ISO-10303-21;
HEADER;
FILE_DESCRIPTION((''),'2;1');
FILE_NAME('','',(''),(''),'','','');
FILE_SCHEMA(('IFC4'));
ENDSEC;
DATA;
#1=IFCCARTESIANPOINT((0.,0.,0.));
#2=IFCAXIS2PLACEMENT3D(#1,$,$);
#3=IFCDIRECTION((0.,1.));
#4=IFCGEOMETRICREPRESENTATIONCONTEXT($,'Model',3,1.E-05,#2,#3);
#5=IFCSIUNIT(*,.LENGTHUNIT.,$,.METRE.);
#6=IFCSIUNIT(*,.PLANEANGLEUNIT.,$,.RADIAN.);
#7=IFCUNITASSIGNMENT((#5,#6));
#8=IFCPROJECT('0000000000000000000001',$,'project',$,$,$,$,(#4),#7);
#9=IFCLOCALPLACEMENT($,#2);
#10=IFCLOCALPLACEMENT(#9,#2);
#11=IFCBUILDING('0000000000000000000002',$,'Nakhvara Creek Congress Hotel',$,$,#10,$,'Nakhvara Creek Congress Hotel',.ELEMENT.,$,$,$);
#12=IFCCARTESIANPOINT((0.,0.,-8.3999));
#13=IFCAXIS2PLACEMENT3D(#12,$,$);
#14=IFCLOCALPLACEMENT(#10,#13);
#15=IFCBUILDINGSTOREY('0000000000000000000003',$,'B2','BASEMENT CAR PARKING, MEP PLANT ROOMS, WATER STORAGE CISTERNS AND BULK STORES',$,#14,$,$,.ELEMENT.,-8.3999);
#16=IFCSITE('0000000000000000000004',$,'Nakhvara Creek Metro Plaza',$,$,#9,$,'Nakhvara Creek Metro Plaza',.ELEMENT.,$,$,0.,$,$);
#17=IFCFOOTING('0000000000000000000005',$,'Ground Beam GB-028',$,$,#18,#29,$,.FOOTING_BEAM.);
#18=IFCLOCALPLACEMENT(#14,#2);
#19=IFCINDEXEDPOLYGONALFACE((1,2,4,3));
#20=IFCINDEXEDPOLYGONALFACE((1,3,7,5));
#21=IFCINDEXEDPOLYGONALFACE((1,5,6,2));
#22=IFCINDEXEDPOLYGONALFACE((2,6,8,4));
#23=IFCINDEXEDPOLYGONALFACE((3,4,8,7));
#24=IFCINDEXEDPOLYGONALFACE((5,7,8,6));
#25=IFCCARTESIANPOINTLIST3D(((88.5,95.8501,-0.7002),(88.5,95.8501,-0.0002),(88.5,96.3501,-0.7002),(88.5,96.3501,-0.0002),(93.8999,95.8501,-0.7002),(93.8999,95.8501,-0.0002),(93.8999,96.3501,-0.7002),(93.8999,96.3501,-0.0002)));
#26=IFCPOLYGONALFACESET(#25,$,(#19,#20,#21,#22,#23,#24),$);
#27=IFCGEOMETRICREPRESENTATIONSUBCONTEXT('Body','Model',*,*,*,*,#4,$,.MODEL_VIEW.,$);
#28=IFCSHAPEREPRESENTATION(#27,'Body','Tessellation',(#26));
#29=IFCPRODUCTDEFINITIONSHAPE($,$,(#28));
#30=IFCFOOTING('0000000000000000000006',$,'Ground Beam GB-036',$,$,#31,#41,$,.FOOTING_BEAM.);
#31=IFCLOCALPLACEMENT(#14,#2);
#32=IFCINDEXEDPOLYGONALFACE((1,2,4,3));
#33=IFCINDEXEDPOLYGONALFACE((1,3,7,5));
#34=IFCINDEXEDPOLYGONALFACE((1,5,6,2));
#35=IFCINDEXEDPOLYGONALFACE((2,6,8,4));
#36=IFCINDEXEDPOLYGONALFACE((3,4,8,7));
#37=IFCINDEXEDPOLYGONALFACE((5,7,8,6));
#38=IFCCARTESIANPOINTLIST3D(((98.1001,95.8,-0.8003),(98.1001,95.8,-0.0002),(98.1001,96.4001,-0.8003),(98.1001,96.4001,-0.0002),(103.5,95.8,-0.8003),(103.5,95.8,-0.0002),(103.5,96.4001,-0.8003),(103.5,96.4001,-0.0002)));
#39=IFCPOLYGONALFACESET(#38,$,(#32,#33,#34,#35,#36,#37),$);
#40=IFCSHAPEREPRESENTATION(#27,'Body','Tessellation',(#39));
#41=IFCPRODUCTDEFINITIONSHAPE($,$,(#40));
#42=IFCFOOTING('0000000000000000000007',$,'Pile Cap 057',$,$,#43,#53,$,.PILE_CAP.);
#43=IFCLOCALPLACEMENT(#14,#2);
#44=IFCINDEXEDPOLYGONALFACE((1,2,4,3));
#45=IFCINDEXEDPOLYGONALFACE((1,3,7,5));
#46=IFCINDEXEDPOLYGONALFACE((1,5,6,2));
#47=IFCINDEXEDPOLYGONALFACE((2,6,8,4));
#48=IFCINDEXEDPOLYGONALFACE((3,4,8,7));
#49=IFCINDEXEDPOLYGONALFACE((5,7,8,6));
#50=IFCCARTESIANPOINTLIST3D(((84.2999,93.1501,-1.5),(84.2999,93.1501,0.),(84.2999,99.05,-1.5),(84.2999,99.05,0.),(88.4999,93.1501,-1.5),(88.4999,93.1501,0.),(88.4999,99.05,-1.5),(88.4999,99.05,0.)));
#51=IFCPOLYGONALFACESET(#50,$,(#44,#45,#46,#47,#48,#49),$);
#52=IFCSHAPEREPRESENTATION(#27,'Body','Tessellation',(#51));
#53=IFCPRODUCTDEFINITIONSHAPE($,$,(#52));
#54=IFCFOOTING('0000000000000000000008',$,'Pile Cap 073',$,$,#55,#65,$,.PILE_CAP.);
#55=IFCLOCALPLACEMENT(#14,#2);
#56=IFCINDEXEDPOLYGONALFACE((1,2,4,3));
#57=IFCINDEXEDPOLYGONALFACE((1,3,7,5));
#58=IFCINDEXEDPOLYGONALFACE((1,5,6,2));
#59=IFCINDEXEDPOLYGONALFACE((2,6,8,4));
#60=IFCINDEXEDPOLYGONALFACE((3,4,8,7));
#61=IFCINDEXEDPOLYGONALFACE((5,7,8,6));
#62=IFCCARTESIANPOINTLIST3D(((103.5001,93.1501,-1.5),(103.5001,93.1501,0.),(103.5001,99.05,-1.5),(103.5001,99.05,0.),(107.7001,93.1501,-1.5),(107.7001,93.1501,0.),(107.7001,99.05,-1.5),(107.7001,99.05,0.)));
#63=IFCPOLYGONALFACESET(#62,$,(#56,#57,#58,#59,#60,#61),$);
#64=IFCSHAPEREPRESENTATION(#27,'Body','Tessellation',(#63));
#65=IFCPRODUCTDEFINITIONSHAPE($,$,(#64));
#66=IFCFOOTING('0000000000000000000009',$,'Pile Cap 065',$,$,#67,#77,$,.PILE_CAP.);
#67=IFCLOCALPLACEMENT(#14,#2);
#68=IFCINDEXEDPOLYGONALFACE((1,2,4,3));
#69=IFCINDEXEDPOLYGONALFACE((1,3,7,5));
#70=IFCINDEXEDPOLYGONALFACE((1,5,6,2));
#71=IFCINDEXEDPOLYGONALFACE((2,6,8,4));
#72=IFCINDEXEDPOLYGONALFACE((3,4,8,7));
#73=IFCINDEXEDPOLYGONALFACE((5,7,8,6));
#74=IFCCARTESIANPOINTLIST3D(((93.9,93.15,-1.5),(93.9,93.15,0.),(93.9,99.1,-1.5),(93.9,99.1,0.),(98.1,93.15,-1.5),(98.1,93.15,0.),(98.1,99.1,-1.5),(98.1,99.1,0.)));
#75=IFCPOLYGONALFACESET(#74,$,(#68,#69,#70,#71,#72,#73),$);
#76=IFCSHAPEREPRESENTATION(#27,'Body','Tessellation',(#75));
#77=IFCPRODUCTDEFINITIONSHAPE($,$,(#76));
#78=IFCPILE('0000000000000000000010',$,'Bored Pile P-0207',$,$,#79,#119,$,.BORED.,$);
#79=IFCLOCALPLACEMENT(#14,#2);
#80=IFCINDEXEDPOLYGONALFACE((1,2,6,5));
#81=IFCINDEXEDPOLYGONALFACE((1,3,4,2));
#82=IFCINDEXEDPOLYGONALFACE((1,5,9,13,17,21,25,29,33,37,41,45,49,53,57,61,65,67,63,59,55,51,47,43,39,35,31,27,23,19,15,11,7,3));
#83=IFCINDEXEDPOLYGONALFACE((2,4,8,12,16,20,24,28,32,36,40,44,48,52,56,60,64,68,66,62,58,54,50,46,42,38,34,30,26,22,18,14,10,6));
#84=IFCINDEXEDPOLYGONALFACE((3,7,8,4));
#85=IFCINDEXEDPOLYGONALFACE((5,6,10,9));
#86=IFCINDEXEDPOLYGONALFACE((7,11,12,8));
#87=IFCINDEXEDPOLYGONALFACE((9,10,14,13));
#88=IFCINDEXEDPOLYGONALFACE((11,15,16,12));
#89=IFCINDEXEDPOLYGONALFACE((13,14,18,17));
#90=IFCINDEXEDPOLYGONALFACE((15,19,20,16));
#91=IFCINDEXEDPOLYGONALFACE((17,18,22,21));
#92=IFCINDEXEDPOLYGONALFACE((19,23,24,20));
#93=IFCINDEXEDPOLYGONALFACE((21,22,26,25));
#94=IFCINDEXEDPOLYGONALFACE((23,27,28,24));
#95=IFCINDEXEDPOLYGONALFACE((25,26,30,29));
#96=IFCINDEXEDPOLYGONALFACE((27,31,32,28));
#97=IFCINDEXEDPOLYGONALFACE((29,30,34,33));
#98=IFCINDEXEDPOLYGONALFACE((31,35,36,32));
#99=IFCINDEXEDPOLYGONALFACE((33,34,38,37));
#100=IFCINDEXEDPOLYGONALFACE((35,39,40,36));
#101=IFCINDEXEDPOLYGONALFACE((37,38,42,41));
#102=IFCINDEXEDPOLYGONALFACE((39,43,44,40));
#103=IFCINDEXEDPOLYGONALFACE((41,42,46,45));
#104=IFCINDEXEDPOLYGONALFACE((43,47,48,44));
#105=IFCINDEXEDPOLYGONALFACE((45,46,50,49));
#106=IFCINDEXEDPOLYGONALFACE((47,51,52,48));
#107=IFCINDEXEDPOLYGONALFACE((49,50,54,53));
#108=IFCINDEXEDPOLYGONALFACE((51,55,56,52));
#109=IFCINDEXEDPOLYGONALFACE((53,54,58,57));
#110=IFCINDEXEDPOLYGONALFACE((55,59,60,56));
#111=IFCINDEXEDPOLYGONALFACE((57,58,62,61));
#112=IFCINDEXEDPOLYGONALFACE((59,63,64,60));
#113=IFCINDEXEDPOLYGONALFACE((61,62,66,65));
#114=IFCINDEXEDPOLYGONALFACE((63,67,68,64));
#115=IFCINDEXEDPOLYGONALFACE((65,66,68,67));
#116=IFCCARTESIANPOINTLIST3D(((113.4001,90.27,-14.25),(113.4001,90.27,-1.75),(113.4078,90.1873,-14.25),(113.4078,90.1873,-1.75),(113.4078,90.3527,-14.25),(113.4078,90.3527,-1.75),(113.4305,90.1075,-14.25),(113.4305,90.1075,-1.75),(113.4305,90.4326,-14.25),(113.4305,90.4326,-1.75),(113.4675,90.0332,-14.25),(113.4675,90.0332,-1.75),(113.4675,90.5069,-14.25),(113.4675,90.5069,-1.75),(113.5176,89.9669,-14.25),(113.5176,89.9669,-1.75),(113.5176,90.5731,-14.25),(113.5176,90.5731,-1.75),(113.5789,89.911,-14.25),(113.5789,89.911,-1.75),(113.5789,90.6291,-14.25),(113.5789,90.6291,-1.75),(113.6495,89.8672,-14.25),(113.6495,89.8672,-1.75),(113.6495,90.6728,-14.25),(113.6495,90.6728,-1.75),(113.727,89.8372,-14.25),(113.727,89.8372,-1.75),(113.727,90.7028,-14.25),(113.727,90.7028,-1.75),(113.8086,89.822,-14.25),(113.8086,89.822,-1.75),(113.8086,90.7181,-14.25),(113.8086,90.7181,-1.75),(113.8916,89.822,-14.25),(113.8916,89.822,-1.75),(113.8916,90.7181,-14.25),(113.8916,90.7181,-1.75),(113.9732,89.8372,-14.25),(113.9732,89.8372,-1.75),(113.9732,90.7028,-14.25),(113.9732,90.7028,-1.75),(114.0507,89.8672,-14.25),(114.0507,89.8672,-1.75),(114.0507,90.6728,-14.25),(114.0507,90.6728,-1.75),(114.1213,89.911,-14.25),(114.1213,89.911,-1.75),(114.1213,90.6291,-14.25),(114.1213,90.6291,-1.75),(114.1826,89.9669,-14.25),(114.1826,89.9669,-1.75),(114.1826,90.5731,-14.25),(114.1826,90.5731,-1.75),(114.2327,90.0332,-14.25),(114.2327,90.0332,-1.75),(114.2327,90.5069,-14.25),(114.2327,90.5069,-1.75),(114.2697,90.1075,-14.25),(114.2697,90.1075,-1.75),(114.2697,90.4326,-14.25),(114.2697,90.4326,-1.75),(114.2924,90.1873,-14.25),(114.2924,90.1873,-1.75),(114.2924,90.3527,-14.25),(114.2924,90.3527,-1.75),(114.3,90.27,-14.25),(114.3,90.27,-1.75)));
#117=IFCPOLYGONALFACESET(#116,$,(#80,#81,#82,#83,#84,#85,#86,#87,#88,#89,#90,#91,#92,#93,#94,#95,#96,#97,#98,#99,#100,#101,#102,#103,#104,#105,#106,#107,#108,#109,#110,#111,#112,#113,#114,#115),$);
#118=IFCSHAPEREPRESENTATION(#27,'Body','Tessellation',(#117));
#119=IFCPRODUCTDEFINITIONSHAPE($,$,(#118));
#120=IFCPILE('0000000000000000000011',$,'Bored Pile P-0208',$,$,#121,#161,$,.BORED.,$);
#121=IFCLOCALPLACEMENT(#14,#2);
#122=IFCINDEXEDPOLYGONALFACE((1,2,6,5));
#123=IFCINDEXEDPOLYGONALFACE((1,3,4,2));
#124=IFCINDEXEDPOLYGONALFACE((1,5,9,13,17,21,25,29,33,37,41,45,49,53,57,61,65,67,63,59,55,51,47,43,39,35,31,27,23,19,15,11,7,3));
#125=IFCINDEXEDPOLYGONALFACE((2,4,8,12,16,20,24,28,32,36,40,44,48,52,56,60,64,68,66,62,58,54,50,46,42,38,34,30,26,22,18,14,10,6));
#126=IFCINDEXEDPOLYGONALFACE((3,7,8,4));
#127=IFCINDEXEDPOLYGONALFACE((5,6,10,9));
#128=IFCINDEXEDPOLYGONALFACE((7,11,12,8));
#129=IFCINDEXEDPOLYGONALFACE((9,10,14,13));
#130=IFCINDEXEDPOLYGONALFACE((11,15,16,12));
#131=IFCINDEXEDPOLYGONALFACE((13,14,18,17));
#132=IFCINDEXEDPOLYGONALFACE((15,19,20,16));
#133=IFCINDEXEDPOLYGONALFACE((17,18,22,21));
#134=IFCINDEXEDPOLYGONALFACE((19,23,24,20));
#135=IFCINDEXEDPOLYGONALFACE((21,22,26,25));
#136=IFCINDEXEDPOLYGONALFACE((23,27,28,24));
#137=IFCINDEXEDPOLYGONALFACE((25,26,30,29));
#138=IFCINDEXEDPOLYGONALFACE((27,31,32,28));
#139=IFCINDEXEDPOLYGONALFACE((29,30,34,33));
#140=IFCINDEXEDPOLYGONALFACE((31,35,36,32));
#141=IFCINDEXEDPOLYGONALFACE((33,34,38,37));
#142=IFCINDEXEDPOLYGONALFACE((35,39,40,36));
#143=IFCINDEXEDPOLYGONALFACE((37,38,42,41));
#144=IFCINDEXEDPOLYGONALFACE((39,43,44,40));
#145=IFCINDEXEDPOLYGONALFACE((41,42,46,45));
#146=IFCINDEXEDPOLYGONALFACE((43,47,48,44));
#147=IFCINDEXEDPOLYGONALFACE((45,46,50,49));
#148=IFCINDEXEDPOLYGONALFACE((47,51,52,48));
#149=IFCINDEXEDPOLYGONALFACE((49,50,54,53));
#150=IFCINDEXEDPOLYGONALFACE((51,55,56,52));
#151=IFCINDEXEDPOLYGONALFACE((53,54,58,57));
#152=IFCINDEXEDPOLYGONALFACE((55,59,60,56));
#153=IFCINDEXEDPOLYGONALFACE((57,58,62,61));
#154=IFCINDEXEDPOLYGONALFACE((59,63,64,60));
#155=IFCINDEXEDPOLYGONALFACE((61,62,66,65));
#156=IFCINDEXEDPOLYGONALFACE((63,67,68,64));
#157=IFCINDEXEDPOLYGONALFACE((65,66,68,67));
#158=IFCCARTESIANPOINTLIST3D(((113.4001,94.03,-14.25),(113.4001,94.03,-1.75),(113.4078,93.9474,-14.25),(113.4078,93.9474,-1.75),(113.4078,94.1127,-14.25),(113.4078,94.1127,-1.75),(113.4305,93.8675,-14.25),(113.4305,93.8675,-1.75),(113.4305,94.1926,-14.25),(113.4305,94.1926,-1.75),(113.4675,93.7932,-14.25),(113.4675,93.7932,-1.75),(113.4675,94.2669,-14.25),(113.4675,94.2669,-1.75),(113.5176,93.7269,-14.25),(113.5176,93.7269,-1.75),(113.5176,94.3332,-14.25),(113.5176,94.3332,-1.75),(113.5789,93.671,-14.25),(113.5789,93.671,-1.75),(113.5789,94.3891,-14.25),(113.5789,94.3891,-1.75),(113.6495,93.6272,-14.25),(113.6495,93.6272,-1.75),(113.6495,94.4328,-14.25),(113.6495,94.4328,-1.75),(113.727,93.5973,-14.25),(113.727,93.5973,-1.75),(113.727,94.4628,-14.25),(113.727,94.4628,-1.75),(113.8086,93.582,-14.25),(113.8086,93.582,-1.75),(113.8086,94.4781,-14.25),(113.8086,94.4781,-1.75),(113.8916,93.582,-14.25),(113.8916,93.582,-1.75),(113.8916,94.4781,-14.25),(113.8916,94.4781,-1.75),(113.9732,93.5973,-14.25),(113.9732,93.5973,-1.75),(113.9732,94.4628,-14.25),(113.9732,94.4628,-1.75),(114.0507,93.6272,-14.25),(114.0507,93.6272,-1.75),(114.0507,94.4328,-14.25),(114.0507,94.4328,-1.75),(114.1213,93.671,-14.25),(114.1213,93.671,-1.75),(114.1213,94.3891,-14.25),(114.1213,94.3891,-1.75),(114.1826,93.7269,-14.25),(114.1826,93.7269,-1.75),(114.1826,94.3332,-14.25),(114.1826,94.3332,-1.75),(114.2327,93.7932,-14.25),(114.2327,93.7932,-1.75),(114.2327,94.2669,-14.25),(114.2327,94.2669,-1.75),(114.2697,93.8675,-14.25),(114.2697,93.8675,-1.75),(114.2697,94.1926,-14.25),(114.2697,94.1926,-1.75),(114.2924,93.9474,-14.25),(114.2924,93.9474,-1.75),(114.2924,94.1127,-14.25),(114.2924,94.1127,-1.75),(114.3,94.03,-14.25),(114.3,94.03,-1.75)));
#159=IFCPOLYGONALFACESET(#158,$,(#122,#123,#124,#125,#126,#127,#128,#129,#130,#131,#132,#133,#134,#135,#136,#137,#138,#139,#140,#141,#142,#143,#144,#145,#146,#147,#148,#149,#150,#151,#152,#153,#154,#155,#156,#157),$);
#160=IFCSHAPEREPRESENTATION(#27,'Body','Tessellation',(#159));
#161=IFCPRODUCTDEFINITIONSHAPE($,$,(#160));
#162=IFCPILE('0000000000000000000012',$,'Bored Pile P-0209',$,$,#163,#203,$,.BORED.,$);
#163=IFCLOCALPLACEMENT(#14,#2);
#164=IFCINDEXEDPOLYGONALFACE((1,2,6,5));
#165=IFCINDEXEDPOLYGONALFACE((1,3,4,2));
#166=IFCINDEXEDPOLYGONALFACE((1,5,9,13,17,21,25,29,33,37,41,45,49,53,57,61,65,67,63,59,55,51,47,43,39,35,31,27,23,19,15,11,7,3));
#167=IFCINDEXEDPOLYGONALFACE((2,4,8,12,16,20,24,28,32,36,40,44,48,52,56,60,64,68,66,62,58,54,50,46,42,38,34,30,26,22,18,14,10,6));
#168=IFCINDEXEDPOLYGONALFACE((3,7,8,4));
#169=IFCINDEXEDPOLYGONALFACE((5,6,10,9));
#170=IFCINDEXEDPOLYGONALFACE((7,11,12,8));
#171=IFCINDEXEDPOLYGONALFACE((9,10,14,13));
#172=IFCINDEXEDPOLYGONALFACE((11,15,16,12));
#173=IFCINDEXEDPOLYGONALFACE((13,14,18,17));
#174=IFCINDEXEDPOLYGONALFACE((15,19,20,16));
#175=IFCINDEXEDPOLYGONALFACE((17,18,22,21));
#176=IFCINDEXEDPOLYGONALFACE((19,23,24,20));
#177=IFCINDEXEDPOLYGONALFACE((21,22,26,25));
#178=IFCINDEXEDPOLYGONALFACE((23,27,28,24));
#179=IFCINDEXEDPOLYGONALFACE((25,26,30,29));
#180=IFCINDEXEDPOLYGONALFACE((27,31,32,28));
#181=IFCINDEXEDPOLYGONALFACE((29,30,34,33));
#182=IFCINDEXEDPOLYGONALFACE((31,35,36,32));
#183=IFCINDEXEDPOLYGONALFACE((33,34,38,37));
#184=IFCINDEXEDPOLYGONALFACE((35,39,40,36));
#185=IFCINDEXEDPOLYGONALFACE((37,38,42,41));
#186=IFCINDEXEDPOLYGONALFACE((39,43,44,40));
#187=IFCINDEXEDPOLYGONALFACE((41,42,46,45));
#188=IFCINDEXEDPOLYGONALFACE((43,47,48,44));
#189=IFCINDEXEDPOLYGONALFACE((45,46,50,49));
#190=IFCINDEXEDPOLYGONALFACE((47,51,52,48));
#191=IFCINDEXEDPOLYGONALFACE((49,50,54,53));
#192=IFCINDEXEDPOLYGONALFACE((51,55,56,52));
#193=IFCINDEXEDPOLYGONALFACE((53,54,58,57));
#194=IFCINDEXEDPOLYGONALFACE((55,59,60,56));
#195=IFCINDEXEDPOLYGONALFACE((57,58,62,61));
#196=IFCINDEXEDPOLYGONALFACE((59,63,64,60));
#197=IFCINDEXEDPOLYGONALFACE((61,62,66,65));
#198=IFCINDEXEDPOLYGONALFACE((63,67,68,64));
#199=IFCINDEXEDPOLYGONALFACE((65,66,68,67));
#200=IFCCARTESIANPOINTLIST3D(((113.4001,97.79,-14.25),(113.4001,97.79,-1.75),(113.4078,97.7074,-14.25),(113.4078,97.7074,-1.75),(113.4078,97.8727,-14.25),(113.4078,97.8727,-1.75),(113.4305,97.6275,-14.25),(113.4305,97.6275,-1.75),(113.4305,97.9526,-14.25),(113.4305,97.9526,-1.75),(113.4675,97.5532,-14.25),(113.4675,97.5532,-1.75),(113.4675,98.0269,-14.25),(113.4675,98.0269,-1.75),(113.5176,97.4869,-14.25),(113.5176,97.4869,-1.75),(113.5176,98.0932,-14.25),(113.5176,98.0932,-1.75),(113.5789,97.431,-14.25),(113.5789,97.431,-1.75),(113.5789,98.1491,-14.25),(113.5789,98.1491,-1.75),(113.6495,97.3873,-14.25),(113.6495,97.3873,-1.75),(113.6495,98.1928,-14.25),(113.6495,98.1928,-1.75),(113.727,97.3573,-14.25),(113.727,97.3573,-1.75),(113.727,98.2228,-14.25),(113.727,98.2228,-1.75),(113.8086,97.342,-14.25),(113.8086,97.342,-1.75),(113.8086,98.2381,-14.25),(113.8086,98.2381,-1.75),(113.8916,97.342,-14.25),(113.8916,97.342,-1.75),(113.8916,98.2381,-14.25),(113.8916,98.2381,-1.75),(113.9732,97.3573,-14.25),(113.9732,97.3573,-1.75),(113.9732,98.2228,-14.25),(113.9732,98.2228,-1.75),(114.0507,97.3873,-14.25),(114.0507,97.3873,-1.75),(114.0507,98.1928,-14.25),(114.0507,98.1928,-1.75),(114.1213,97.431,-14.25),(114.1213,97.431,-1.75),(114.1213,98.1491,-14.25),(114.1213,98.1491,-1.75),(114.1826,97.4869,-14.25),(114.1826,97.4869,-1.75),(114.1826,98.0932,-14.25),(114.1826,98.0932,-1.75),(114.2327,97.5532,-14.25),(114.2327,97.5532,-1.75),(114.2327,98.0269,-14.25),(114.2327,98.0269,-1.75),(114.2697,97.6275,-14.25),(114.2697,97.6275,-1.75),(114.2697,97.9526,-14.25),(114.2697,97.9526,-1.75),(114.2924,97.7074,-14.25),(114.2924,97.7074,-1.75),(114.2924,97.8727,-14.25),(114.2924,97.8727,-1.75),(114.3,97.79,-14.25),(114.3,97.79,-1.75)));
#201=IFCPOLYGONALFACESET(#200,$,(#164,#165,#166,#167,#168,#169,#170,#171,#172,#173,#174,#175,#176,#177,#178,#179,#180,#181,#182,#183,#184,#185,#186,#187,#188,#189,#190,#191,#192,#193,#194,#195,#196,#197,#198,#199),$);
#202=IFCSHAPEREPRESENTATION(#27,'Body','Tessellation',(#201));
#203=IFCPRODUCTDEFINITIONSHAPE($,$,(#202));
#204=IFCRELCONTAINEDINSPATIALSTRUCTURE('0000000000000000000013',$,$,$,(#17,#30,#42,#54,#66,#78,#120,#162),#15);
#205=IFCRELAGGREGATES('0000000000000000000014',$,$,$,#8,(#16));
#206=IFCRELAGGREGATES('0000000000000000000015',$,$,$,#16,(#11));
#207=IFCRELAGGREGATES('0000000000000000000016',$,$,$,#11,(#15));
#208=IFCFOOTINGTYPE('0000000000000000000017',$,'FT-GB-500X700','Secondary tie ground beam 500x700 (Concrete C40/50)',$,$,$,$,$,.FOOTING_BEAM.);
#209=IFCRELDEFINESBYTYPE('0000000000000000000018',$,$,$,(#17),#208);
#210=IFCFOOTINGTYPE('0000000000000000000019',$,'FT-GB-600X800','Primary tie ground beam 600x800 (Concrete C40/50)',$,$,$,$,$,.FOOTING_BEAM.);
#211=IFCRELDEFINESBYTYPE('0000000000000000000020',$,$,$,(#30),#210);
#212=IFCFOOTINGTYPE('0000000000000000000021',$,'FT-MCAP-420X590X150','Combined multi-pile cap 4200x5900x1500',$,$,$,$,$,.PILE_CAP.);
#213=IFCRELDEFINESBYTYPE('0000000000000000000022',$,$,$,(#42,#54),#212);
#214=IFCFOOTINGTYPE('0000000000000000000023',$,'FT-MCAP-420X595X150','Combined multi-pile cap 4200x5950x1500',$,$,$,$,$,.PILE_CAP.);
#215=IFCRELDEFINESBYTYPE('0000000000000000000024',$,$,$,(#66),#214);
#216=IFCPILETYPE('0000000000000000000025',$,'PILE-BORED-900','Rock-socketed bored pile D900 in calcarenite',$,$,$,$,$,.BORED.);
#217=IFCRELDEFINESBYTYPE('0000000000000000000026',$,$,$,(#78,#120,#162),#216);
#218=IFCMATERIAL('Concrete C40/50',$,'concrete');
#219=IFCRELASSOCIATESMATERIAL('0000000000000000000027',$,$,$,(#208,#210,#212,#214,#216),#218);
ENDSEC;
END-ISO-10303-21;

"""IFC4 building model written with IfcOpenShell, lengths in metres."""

from ifc_helpers import new_model, si_unit, direction, frame, origin, origin_2d, place, context, subcontext, project, spatial, rectangle, circle, extrude, material, material_profile, profile_set, type_object, element, save


model = new_model("IFC4")

# Units and contexts
model_context = context("Model", 3, precision=1e-05, world=origin(), true_north=direction((0.0, 1.0)))
body_context = subcontext(model_context, "Body", "Model", "MODEL_VIEW")
ifc_project = project(units=[si_unit("LENGTHUNIT", "METRE"), si_unit("PLANEANGLEUNIT", "RADIAN")], contexts=[model_context])

# Site, building, storey
site_placement = place(None, origin())
site = spatial("IfcSite", under=ifc_project, at=site_placement, Name="Nakhvara Creek Metro Plaza", LongName="Nakhvara Creek Metro Plaza", CompositionType="ELEMENT", RefElevation=0.0)
building_placement = place(site_placement, origin())
building = spatial("IfcBuilding", under=site, at=building_placement, Name="Nakhvara Creek Congress Hotel", LongName="Nakhvara Creek Congress Hotel", CompositionType="ELEMENT")
storey_placement = place(building_placement, frame((0.0, 0.0, -8.3999)))
storey = spatial("IfcBuildingStorey", under=building, at=storey_placement, Name="B2", Description="BASEMENT CAR PARKING, MEP PLANT ROOMS, WATER STORAGE CISTERNS AND BULK STORES", CompositionType="ELEMENT", Elevation=-8.3999)

# Footings
ifc_material_1 = material(Name="Concrete C40/50", Category="concrete")
footing_type_1 = type_object("IfcFootingType", Name="FT-GB-500X700", Description="Secondary tie ground beam 500x700 (Concrete C40/50)", PredefinedType="FOOTING_BEAM", material=ifc_material_1)
footing_1_placement = place(storey_placement, frame((91.2, 96.1001, -0.7002), z_axis=(0.0, 0.0, 1.0), x_axis=(1.0, 0.0, 0.0)))
element("IfcFooting", 1, at=footing_1_placement, inside=storey, type_object=footing_type_1, Name="Ground Beam GB-028", PredefinedType="FOOTING_BEAM", context=body_context, shape_type="SweptSolid", body=[
    extrude(rectangle(XDim=5.3999, YDim=0.5, at=origin_2d()), origin(), (0.0, 0.0, 1.0), 0.7),
])
footing_type_2 = type_object("IfcFootingType", Name="FT-GB-600X800", Description="Primary tie ground beam 600x800 (Concrete C40/50)", PredefinedType="FOOTING_BEAM", material=ifc_material_1)
footing_2_placement = place(storey_placement, frame((100.8, 96.1001, -0.8003), z_axis=(0.0, 0.0, 1.0), x_axis=(1.0, 0.0, 0.0)))
element("IfcFooting", 2, at=footing_2_placement, inside=storey, type_object=footing_type_2, Name="Ground Beam GB-036", PredefinedType="FOOTING_BEAM", context=body_context, shape_type="SweptSolid", body=[
    extrude(rectangle(XDim=5.3999, YDim=0.6001, at=origin_2d()), origin(), (0.0, 0.0, 1.0), 0.8),
])
footing_type_3 = type_object("IfcFootingType", Name="FT-MCAP-420X590X150", Description="Combined multi-pile cap 4200x5900x1500", PredefinedType="PILE_CAP", material=ifc_material_1)
for number, where, z_axis, x_axis, name in (
    (3, (86.3999, 96.1001, -1.5), (0.0, 0.0, 1.0), (1.0, 0.0, 0.0), "Pile Cap 057"),
    (4, (105.6001, 96.1001, -1.5), (0.0, 0.0, 1.0), (1.0, 0.0, 0.0), "Pile Cap 073"),
):
    element("IfcFooting", number, at=place(storey_placement, frame(where, z_axis=z_axis, x_axis=x_axis)), inside=storey, type_object=footing_type_3, Name=name, PredefinedType="PILE_CAP", context=body_context, shape_type="SweptSolid", body=[
        extrude(rectangle(XDim=4.2, YDim=5.8999, at=origin_2d()), origin(), (0.0, 0.0, 1.0), 1.5),
    ])
footing_type_4 = type_object("IfcFootingType", Name="FT-MCAP-420X595X150", Description="Combined multi-pile cap 4200x5950x1500", PredefinedType="PILE_CAP", material=ifc_material_1)
footing_3_placement = place(storey_placement, frame((96.0, 96.125, -1.5), z_axis=(0.0, 0.0, 1.0), x_axis=(1.0, 0.0, 0.0)))
element("IfcFooting", 5, at=footing_3_placement, inside=storey, type_object=footing_type_4, Name="Pile Cap 065", PredefinedType="PILE_CAP", context=body_context, shape_type="SweptSolid", body=[
    extrude(rectangle(XDim=4.2, YDim=5.95, at=origin_2d()), origin(), (0.0, 0.0, 1.0), 1.5),
])

# Piles
ifc_material_profile_1 = material_profile(ifc_material_1, circle(Radius=0.45, at=origin_2d()), Name="BORED PILE D900", Category="LoadBearing")
ifc_profile_set_1 = profile_set([ifc_material_profile_1], Name="Concrete C40/50")
pile_type = type_object("IfcPileType", Name="PILE-BORED-900", Description="Rock-socketed bored pile D900 in calcarenite", PredefinedType="BORED", material=ifc_profile_set_1)
for number, where, z_axis, x_axis, name in (
    (6, (113.8501, 90.27, -1.75), (0.0, 0.0, -1.0), (1.0, 0.0, 0.0), "Bored Pile P-0207"),
    (7, (113.8501, 94.03, -1.75), (0.0, 0.0, -1.0), (1.0, 0.0, 0.0), "Bored Pile P-0208"),
    (8, (113.8501, 97.79, -1.75), (0.0, 0.0, -1.0), (1.0, 0.0, 0.0), "Bored Pile P-0209"),
):
    element("IfcPile", number, at=place(storey_placement, frame(where, z_axis=z_axis, x_axis=x_axis)), inside=storey, type_object=pile_type, Name=name, PredefinedType="BORED", context=body_context, shape_type="SweptSolid", body=[
        extrude(circle(Radius=0.45, at=origin_2d()), origin(), (0.0, 0.0, 1.0), 12.5),
    ])

save(model, "model.ifc")
